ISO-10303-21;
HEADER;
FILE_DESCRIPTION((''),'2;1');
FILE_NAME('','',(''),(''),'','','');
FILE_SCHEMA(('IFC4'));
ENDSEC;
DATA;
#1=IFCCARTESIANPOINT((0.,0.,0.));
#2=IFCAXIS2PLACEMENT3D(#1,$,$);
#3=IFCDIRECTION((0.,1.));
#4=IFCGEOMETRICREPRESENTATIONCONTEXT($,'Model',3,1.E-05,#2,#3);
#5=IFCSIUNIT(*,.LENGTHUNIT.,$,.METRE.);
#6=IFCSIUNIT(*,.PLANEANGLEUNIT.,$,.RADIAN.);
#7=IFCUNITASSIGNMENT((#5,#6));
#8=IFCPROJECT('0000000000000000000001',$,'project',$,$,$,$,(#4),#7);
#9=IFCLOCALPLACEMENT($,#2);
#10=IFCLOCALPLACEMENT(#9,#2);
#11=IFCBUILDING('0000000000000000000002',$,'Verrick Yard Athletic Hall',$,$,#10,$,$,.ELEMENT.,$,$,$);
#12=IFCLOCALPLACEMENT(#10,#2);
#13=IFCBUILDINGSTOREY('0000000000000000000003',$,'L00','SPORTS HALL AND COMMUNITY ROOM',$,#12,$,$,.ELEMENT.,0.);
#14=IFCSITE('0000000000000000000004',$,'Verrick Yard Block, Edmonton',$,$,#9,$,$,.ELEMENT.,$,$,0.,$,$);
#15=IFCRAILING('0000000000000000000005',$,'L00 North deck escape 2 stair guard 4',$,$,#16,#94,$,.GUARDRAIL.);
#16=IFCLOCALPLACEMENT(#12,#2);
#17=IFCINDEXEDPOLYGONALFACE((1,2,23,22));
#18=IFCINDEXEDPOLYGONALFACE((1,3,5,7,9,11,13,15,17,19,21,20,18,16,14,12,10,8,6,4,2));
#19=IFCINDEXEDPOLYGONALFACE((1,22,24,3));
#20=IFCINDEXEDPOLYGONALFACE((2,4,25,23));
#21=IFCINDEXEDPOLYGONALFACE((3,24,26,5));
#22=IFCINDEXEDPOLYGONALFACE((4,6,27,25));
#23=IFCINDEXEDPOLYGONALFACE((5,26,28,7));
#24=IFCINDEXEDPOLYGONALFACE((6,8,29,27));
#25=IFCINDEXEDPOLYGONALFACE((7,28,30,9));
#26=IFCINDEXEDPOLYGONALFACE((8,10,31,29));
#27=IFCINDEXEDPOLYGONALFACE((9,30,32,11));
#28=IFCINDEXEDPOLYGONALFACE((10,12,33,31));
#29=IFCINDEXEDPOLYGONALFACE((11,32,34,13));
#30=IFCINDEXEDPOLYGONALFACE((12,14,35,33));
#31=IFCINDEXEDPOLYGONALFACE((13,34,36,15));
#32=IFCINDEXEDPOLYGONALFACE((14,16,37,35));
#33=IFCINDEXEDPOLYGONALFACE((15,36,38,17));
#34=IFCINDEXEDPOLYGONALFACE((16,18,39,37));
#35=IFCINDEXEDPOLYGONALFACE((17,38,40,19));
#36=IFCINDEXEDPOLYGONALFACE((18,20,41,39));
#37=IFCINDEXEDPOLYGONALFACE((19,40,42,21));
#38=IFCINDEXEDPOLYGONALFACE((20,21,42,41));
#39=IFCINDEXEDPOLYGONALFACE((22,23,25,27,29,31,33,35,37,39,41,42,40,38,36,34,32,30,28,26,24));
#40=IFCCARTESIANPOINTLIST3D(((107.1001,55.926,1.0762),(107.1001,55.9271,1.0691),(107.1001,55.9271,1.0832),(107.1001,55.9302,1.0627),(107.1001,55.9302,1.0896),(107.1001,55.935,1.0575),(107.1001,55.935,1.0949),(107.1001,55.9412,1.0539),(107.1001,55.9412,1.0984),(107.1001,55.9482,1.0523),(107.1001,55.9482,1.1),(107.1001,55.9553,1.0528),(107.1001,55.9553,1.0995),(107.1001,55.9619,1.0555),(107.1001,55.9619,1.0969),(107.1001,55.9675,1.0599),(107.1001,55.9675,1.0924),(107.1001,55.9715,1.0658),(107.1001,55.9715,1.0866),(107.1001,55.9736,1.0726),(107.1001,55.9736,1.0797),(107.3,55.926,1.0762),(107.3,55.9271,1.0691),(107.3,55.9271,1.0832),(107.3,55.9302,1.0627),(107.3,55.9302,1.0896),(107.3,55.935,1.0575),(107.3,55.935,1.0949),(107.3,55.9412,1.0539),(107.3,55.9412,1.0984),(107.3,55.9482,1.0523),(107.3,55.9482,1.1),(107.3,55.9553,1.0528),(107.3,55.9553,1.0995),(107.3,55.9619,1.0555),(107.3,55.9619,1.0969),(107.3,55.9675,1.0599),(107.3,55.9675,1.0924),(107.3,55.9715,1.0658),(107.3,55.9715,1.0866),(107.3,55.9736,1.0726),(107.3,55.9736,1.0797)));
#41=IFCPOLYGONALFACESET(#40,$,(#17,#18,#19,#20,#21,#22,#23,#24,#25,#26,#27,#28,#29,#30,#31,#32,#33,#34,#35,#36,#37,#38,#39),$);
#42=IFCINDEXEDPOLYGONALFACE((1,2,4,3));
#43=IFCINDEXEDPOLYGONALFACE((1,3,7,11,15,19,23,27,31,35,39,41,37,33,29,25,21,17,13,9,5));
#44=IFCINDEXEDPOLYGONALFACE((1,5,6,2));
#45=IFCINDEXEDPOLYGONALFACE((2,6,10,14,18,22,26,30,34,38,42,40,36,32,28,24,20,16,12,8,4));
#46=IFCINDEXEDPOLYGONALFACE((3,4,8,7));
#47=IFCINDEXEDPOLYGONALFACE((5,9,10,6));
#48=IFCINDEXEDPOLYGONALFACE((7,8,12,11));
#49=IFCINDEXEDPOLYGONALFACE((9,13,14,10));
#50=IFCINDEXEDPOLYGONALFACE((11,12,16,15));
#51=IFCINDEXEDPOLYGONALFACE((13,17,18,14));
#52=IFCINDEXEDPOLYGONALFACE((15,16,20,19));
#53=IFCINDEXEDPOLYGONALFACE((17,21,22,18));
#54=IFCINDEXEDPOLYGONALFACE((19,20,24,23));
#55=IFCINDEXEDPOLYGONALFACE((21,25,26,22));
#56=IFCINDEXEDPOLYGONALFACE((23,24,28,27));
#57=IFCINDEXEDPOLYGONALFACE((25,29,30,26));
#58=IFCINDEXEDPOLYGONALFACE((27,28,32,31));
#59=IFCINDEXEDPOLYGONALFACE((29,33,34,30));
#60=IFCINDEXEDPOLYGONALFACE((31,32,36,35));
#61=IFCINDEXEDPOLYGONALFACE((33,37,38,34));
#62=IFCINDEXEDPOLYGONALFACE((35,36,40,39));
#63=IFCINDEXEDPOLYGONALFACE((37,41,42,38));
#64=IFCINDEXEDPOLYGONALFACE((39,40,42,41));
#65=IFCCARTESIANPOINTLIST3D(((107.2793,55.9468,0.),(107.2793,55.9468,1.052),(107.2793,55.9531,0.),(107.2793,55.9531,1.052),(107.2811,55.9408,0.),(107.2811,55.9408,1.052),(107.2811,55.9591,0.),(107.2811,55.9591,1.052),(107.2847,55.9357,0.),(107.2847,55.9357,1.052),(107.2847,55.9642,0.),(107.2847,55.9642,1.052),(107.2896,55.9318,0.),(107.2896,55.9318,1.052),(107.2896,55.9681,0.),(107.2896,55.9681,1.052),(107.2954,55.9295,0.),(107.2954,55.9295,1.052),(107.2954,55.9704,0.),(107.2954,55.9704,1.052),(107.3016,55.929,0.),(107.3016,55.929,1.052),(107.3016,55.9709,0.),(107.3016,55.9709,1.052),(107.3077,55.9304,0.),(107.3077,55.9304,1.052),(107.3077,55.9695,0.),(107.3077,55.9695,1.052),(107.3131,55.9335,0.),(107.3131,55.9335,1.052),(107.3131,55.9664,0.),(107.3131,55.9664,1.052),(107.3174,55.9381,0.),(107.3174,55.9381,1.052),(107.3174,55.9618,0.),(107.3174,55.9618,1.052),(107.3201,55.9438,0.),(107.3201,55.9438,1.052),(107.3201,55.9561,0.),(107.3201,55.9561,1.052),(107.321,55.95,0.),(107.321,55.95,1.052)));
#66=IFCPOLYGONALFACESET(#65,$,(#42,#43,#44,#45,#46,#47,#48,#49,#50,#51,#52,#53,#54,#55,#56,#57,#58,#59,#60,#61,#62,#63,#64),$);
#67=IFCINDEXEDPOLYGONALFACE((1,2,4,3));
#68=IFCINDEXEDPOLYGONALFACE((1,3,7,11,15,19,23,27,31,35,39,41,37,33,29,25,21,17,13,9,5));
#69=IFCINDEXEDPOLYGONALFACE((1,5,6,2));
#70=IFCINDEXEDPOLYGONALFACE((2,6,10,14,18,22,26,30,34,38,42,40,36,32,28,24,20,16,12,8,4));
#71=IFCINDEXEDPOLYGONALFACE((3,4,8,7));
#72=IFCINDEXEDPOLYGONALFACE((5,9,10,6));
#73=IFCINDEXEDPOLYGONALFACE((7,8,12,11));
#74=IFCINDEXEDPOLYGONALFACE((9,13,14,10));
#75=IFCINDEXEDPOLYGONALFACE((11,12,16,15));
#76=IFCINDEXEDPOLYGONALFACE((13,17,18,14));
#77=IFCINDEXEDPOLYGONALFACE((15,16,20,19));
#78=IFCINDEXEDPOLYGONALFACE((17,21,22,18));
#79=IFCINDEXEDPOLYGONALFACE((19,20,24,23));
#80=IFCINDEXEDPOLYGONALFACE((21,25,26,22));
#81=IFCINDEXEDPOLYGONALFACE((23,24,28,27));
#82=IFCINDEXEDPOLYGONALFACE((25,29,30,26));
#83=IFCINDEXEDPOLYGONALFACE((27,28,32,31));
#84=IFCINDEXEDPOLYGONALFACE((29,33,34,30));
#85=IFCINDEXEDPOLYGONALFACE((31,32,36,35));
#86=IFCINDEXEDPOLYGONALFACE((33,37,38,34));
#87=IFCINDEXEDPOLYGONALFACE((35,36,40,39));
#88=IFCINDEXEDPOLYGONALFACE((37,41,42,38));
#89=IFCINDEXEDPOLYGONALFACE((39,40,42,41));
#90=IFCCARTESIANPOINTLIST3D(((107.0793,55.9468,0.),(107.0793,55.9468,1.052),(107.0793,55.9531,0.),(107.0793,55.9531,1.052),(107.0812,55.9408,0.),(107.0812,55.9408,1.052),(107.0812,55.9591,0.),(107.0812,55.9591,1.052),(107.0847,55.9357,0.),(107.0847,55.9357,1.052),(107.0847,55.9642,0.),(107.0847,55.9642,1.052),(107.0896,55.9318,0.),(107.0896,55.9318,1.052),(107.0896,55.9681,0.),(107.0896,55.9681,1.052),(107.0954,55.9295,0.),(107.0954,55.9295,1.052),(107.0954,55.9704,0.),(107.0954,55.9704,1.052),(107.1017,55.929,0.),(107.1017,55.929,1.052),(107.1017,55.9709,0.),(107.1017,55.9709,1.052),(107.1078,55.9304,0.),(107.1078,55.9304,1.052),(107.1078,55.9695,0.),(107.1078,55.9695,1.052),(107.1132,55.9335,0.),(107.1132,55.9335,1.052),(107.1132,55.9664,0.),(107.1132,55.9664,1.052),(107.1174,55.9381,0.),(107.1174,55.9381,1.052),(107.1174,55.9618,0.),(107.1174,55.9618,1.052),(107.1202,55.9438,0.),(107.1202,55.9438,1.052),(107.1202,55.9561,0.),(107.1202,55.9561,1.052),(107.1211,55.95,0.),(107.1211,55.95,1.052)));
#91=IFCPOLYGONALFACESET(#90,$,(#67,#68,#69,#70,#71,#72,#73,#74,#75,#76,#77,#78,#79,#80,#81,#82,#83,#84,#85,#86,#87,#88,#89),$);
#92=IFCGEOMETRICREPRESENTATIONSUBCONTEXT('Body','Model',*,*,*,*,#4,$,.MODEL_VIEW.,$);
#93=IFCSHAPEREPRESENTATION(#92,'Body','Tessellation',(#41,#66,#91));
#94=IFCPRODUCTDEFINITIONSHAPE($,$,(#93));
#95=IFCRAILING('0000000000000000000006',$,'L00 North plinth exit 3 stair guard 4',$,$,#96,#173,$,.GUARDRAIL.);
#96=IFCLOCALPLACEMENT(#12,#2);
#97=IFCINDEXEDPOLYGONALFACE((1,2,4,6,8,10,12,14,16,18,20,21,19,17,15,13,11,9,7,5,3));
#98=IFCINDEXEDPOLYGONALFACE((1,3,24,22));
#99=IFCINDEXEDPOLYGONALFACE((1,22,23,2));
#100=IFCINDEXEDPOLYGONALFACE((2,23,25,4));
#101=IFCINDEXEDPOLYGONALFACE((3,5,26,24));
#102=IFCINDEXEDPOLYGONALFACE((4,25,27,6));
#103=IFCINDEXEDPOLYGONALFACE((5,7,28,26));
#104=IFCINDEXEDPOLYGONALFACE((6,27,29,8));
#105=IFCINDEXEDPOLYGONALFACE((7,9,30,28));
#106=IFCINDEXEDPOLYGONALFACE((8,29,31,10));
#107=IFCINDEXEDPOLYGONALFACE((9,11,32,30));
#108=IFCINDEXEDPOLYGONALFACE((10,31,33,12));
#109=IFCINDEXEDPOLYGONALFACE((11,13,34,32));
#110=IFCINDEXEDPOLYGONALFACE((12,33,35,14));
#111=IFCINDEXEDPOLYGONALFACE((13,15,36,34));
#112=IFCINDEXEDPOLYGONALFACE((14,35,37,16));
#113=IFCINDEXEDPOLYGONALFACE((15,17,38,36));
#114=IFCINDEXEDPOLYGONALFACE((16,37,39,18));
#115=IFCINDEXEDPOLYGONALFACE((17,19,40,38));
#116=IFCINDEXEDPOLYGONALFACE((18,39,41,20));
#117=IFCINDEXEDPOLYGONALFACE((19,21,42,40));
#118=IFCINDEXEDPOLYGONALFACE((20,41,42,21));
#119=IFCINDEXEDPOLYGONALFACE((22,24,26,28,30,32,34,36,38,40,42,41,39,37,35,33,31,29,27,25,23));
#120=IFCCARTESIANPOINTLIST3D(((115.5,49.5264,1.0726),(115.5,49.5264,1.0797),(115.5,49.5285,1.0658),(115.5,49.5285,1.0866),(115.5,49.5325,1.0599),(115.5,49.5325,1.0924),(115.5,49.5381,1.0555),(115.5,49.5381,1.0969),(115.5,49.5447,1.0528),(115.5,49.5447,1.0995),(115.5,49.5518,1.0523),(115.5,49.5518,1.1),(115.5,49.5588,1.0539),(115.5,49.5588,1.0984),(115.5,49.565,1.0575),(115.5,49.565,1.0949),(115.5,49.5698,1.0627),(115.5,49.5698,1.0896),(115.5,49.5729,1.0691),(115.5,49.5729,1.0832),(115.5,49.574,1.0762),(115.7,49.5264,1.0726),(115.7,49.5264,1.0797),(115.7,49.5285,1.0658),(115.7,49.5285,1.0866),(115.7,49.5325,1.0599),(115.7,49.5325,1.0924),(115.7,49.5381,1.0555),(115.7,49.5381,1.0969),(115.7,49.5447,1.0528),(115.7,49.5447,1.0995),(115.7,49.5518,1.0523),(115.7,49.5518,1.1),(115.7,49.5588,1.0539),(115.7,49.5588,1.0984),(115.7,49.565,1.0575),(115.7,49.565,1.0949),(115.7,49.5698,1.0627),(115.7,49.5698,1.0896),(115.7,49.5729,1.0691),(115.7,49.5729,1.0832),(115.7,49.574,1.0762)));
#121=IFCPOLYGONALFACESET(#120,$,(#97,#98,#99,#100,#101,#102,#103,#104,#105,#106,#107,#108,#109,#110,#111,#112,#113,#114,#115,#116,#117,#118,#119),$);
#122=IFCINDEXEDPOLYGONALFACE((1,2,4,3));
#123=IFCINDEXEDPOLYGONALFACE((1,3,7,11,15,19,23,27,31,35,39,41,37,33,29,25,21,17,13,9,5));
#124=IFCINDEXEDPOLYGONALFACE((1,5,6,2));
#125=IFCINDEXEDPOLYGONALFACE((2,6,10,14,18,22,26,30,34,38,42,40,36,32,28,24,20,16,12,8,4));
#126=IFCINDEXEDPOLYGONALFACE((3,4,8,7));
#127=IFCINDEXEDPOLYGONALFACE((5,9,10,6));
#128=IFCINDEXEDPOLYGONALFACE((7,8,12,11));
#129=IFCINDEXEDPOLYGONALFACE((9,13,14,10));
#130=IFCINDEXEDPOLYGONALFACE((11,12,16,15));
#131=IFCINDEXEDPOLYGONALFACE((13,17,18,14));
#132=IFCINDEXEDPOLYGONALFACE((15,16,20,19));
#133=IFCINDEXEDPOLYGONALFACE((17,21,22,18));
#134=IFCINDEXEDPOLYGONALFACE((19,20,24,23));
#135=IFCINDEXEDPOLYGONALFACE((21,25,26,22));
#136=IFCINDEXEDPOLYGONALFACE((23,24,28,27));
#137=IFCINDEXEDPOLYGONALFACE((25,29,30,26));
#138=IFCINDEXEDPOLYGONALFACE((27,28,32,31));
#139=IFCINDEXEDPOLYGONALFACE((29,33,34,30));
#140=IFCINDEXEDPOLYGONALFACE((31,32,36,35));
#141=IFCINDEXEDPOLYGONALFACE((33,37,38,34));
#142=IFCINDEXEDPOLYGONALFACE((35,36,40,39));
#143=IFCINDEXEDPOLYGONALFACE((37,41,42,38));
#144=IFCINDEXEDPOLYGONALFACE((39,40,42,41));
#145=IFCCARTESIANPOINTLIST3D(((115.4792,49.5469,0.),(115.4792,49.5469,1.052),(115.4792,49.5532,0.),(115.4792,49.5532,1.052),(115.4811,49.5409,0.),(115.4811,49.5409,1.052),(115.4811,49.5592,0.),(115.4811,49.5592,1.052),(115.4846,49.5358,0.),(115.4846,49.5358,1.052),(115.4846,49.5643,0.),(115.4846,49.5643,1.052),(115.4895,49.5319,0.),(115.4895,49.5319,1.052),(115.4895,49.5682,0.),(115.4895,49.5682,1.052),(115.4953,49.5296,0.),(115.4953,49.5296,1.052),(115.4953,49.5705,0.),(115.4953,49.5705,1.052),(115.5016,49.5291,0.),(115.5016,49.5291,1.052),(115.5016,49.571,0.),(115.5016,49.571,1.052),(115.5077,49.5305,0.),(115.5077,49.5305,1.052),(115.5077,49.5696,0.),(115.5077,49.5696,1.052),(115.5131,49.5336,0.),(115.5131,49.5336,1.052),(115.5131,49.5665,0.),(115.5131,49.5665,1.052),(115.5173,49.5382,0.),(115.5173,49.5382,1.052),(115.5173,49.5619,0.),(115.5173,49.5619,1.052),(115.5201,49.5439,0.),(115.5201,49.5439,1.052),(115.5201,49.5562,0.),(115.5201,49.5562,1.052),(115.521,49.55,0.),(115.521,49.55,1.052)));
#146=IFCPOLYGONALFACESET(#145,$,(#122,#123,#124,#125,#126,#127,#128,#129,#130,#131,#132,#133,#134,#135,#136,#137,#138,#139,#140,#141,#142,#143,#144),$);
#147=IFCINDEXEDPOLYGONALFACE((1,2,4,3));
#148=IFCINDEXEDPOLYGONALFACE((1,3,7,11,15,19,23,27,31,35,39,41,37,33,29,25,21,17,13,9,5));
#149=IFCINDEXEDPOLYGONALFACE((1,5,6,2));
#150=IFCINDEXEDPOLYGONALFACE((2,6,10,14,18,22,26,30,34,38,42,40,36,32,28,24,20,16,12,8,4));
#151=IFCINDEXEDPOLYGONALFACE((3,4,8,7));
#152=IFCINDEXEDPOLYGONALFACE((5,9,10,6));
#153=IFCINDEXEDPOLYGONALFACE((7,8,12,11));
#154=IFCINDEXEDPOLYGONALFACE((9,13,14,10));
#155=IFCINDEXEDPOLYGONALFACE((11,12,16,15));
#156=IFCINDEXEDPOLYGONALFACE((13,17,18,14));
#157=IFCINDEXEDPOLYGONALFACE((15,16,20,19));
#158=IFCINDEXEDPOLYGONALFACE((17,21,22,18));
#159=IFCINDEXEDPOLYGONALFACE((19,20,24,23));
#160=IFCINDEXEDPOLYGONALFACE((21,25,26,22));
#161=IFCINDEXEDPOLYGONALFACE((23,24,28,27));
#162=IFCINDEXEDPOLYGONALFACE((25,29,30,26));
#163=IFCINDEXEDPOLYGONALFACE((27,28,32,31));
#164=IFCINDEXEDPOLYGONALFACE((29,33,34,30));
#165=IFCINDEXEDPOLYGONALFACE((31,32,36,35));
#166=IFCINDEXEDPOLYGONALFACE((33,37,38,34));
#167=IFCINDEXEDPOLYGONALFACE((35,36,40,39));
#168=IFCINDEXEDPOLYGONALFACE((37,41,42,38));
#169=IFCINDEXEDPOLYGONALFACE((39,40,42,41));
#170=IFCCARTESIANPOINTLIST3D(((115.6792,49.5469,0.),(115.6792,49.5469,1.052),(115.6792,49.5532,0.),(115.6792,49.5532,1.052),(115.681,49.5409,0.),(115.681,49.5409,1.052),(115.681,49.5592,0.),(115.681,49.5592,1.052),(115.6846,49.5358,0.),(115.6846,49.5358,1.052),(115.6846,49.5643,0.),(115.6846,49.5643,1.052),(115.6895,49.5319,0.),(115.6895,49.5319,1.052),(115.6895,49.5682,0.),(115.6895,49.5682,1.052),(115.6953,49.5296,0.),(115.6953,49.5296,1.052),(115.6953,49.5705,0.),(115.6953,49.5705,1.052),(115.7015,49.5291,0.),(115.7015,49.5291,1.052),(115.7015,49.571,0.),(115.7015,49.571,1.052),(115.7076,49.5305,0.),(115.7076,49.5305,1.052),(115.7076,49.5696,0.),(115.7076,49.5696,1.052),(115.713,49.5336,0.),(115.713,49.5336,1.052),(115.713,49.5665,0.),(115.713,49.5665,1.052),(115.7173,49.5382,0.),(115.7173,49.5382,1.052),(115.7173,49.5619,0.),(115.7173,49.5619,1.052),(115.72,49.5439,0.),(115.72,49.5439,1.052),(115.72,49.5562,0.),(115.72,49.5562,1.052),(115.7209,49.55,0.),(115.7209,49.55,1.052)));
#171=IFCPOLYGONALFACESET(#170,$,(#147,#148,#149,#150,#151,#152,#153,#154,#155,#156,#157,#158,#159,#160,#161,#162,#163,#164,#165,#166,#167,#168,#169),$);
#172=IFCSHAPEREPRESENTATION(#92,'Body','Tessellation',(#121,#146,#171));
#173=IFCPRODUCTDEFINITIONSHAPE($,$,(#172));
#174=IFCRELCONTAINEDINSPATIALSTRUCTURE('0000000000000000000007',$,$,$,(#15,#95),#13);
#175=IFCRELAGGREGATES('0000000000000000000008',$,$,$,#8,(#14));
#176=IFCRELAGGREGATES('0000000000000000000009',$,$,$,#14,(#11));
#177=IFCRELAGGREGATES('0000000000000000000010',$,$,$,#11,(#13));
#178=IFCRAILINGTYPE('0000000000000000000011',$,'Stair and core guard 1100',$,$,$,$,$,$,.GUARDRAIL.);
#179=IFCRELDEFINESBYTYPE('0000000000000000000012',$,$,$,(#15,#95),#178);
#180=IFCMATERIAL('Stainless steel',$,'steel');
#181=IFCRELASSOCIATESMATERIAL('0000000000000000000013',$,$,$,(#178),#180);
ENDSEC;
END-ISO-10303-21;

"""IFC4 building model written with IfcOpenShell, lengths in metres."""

from ifc_helpers import new_model, si_unit, direction, frame, origin, origin_2d, place, context, subcontext, project, spatial, circle, extrude, material, type_object, element, save


model = new_model("IFC4")

# Units and contexts
model_context = context("Model", 3, precision=1e-05, world=origin(), true_north=direction((0.0, 1.0)))
body_context = subcontext(model_context, "Body", "Model", "MODEL_VIEW")
ifc_project = project(units=[si_unit("LENGTHUNIT", "METRE"), si_unit("PLANEANGLEUNIT", "RADIAN")], contexts=[model_context])

# Site, building, storey
site_placement = place(None, origin())
site = spatial("IfcSite", under=ifc_project, at=site_placement, Name="Verrick Yard Block, Edmonton", CompositionType="ELEMENT", RefElevation=0.0)
building_placement = place(site_placement, origin())
building = spatial("IfcBuilding", under=site, at=building_placement, Name="Verrick Yard Athletic Hall", CompositionType="ELEMENT")
storey_placement = place(building_placement, origin())
storey = spatial("IfcBuildingStorey", under=building, at=storey_placement, Name="L00", Description="SPORTS HALL AND COMMUNITY ROOM", CompositionType="ELEMENT", Elevation=0.0)

# Railings
ifc_material_1 = material(Name="Stainless steel", Category="steel")
railing_type_1 = type_object("IfcRailingType", Name="Stair and core guard 1100", PredefinedType="GUARDRAIL", material=ifc_material_1)
railing_1_placement = place(storey_placement, frame((107.3, 55.95, 0.0)))
element("IfcRailing", 1, at=railing_1_placement, inside=storey, type_object=railing_type_1, Name="L00 North deck escape 2 stair guard 4", PredefinedType="GUARDRAIL", context=body_context, shape_type="SweptSolid", body=[
    extrude(circle(Radius=0.0239, at=origin_2d()), frame((0.0, 0.0, 1.0762), z_axis=(-1.0, 0.0, 0.0), x_axis=(0.0, -1.0, 0.0)), (0.0, 0.0, 1.0), 0.2),
    extrude(circle(Radius=0.021, at=origin_2d()), origin(), (0.0, 0.0, 1.0), 1.052),
    extrude(circle(Radius=0.021, at=origin_2d()), frame((-0.2, 0.0, 0.0)), (0.0, 0.0, 1.0), 1.052),
])
railing_2_placement = place(storey_placement, frame((115.5, 49.55, 0.0)))
element("IfcRailing", 2, at=railing_2_placement, inside=storey, type_object=railing_type_1, Name="L00 North plinth exit 3 stair guard 4", PredefinedType="GUARDRAIL", context=body_context, shape_type="SweptSolid", body=[
    extrude(circle(Radius=0.0239, at=origin_2d()), frame((0.0, 0.0, 1.0762), z_axis=(1.0, 0.0, 0.0), x_axis=(0.0, 1.0, 0.0)), (0.0, 0.0, 1.0), 0.2),
    extrude(circle(Radius=0.021, at=origin_2d()), origin(), (0.0, 0.0, 1.0), 1.052),
    extrude(circle(Radius=0.021, at=origin_2d()), frame((0.2, 0.0, 0.0)), (0.0, 0.0, 1.0), 1.052),
])

save(model, "model.ifc")
